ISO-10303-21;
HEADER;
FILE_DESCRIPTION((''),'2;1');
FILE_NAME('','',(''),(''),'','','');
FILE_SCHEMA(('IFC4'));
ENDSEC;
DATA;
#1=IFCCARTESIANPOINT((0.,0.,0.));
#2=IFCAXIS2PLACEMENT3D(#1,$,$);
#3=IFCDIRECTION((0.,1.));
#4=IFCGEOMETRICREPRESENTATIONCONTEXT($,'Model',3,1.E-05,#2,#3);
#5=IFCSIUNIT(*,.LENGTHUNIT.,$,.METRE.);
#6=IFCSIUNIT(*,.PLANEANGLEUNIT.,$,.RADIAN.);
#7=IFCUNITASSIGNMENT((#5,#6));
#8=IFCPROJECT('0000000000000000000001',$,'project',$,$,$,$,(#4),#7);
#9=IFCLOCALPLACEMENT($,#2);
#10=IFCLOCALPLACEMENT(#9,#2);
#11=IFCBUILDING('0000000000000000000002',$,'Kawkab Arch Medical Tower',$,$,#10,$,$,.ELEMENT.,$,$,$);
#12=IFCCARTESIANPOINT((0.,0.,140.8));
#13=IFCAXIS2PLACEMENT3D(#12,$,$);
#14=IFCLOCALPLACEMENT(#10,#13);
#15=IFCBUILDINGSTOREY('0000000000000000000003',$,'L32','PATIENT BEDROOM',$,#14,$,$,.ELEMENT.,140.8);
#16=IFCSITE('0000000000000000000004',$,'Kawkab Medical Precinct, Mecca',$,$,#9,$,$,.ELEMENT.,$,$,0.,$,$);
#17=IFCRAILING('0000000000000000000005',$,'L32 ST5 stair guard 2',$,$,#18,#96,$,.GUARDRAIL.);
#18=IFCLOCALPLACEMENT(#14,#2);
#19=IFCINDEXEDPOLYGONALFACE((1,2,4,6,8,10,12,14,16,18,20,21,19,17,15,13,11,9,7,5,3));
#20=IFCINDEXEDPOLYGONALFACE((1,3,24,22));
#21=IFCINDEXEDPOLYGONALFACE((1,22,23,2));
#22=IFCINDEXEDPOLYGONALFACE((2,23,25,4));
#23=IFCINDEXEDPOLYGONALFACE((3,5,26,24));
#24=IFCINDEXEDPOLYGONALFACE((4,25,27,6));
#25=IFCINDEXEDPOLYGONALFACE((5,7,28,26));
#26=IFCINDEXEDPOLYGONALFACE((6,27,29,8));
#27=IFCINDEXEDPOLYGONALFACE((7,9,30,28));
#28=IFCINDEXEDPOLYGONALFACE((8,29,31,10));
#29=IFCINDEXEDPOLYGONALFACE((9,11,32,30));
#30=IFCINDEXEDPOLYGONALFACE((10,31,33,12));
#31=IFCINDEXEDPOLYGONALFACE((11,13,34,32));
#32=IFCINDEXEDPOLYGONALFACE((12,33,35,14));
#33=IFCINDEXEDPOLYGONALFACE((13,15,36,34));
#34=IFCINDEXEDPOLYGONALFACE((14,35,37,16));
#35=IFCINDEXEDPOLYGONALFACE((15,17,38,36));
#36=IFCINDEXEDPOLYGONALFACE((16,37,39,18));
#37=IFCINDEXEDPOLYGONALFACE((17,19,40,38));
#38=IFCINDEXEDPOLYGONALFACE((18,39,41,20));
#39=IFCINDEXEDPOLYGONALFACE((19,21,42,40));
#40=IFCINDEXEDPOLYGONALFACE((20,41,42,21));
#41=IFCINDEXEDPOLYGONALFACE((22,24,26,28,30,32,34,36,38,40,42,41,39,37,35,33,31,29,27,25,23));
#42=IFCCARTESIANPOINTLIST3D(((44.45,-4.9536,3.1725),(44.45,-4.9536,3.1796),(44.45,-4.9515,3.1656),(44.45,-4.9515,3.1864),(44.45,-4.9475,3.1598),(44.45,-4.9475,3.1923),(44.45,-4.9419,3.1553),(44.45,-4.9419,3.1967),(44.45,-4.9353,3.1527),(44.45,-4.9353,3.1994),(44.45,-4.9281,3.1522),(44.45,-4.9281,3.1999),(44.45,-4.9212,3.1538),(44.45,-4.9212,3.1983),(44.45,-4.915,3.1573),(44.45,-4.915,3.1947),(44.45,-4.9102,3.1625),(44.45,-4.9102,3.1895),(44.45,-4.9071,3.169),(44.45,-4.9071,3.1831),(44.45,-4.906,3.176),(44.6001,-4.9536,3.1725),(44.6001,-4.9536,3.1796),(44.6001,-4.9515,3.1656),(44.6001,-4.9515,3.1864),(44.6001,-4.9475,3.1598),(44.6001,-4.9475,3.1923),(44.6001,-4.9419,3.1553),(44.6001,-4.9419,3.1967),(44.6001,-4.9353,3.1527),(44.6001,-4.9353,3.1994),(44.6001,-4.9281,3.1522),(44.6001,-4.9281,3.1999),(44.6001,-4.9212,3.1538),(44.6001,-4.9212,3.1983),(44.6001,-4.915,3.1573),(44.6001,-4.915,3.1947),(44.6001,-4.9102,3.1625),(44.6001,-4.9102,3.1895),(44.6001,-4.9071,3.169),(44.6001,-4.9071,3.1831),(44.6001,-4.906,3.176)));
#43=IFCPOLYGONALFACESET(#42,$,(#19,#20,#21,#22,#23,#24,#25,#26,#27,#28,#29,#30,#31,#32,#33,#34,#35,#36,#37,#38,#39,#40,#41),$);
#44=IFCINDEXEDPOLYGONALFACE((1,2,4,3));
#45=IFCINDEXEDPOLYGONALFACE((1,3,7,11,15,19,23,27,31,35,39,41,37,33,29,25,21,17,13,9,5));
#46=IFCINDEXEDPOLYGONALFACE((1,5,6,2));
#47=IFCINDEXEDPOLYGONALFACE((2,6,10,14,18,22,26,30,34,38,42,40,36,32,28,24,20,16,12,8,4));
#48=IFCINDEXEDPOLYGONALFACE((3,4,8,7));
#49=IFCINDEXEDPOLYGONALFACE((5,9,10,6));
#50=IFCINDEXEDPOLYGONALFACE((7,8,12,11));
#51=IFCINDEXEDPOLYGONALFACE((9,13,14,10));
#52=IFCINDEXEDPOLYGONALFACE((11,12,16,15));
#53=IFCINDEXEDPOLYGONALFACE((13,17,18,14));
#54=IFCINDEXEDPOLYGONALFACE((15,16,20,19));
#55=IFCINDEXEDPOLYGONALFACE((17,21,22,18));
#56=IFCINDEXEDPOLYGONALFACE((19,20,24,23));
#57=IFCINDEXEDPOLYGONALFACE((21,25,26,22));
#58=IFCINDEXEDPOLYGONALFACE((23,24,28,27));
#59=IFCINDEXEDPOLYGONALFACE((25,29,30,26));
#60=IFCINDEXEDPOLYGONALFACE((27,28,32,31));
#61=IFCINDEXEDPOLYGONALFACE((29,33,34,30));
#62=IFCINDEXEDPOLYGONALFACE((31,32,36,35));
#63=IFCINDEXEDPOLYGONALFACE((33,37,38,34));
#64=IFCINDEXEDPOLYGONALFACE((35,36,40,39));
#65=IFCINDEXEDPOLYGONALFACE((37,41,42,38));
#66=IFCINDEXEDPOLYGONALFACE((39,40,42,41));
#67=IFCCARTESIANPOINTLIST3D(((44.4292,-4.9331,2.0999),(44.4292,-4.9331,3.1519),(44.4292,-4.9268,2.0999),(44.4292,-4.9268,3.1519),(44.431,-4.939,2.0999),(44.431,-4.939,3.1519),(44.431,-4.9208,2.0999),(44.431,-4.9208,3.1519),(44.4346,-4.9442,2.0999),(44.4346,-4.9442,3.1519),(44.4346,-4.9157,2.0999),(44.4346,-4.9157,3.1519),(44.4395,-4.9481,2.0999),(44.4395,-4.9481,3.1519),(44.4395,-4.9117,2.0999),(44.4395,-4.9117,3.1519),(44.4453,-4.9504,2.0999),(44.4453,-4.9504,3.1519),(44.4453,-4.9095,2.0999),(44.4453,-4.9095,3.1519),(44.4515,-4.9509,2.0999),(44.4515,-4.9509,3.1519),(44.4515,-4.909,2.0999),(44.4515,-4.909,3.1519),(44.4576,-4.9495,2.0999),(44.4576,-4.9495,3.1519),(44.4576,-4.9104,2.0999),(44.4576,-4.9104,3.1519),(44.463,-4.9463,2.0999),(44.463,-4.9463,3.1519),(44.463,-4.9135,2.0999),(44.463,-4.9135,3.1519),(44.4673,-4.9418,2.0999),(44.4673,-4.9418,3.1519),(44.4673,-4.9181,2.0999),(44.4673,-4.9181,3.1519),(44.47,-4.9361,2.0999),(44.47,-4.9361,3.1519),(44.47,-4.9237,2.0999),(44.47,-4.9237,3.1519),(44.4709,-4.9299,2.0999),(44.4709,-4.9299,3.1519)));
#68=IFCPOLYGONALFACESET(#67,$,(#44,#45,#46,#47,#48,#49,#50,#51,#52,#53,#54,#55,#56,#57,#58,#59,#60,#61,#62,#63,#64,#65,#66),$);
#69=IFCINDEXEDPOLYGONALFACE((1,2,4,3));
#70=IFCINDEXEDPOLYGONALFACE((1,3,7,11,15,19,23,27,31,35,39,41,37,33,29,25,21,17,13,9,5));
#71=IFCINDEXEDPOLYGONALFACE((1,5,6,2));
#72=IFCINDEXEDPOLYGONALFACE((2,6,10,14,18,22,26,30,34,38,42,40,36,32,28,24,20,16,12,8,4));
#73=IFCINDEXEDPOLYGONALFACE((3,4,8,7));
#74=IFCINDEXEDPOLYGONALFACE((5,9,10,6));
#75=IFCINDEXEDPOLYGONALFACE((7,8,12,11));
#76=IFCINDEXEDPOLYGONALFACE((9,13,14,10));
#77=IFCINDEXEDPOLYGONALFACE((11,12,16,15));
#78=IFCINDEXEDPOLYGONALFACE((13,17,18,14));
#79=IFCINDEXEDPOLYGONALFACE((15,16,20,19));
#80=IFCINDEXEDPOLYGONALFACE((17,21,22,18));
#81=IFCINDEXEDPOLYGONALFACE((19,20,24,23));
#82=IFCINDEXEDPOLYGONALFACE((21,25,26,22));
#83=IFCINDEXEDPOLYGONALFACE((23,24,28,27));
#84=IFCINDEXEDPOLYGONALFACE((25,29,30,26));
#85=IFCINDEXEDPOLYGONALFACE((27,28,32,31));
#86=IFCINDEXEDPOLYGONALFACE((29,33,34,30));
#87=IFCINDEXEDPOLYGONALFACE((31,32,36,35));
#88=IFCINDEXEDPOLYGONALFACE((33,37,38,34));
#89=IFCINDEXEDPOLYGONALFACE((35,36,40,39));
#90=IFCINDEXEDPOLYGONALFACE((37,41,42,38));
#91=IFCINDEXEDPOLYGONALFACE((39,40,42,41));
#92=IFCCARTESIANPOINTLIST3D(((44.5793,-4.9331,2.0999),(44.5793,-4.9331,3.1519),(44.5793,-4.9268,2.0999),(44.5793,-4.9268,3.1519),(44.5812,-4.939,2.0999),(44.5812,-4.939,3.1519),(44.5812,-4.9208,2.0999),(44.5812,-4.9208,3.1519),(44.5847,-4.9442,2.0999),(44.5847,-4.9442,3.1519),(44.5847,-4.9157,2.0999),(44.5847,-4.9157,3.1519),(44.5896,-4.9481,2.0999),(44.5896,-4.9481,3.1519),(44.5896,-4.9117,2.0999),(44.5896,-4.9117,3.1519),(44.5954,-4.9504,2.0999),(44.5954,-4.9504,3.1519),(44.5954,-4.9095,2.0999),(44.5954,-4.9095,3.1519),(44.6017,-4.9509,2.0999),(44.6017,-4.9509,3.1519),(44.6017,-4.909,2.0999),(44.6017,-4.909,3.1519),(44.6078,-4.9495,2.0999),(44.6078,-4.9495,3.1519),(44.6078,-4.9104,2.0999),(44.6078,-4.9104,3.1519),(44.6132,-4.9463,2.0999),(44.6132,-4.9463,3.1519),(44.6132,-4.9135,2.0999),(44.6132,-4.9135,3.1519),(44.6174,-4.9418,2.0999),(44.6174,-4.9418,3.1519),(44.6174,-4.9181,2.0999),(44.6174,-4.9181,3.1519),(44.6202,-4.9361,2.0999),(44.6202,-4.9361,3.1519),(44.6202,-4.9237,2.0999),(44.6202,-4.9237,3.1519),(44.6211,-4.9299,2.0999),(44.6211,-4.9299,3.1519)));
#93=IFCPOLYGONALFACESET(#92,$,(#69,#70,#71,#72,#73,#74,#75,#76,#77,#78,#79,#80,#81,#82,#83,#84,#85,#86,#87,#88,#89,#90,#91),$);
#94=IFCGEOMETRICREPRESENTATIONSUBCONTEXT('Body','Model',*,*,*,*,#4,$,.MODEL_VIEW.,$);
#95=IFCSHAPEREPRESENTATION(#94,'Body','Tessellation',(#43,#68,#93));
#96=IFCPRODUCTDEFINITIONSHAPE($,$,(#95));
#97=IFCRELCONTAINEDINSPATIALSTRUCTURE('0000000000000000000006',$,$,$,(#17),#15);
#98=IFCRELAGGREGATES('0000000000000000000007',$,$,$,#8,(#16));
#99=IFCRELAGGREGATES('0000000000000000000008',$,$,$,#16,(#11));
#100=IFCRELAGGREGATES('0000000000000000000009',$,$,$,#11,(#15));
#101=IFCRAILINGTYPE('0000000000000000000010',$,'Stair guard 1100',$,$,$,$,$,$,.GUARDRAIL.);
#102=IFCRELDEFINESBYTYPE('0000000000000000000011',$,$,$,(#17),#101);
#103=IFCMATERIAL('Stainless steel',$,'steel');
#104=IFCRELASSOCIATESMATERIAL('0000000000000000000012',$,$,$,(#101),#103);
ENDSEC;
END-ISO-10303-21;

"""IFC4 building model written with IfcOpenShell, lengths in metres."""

from ifc_helpers import new_model, si_unit, direction, frame, origin, origin_2d, place, context, subcontext, project, spatial, circle, extrude, material, type_object, element, save


model = new_model("IFC4")

# Units and contexts
model_context = context("Model", 3, precision=1e-05, world=origin(), true_north=direction((0.0, 1.0)))
body_context = subcontext(model_context, "Body", "Model", "MODEL_VIEW")
ifc_project = project(units=[si_unit("LENGTHUNIT", "METRE"), si_unit("PLANEANGLEUNIT", "RADIAN")], contexts=[model_context])

# Site, building, storey
site_placement = place(None, origin())
site = spatial("IfcSite", under=ifc_project, at=site_placement, Name="Kawkab Medical Precinct, Mecca", CompositionType="ELEMENT", RefElevation=0.0)
building_placement = place(site_placement, origin())
building = spatial("IfcBuilding", under=site, at=building_placement, Name="Kawkab Arch Medical Tower", CompositionType="ELEMENT")
storey_placement = place(building_placement, frame((0.0, 0.0, 140.8)))
storey = spatial("IfcBuildingStorey", under=building, at=storey_placement, Name="L32", Description="PATIENT BEDROOM", CompositionType="ELEMENT", Elevation=140.8)

# Railing
ifc_material_1 = material(Name="Stainless steel", Category="steel")
railing_type = type_object("IfcRailingType", Name="Stair guard 1100", PredefinedType="GUARDRAIL", material=ifc_material_1)
railing_1_placement = place(storey_placement, frame((44.45, -4.9299, 2.0999)))
element("IfcRailing", 1, at=railing_1_placement, inside=storey, type_object=railing_type, Name="L32 ST5 stair guard 2", PredefinedType="GUARDRAIL", context=body_context, shape_type="SweptSolid", body=[
    extrude(circle(Radius=0.0239, at=origin_2d()), frame((0.0, 0.0, 1.0762), z_axis=(1.0, 0.0, 0.0), x_axis=(0.0, 1.0, 0.0)), (0.0, 0.0, 1.0), 0.1501),
    extrude(circle(Radius=0.021, at=origin_2d()), origin(), (0.0, 0.0, 1.0), 1.052),
    extrude(circle(Radius=0.021, at=origin_2d()), frame((0.1501, 0.0, 0.0)), (0.0, 0.0, 1.0), 1.052),
])

save(model, "model.ifc")
